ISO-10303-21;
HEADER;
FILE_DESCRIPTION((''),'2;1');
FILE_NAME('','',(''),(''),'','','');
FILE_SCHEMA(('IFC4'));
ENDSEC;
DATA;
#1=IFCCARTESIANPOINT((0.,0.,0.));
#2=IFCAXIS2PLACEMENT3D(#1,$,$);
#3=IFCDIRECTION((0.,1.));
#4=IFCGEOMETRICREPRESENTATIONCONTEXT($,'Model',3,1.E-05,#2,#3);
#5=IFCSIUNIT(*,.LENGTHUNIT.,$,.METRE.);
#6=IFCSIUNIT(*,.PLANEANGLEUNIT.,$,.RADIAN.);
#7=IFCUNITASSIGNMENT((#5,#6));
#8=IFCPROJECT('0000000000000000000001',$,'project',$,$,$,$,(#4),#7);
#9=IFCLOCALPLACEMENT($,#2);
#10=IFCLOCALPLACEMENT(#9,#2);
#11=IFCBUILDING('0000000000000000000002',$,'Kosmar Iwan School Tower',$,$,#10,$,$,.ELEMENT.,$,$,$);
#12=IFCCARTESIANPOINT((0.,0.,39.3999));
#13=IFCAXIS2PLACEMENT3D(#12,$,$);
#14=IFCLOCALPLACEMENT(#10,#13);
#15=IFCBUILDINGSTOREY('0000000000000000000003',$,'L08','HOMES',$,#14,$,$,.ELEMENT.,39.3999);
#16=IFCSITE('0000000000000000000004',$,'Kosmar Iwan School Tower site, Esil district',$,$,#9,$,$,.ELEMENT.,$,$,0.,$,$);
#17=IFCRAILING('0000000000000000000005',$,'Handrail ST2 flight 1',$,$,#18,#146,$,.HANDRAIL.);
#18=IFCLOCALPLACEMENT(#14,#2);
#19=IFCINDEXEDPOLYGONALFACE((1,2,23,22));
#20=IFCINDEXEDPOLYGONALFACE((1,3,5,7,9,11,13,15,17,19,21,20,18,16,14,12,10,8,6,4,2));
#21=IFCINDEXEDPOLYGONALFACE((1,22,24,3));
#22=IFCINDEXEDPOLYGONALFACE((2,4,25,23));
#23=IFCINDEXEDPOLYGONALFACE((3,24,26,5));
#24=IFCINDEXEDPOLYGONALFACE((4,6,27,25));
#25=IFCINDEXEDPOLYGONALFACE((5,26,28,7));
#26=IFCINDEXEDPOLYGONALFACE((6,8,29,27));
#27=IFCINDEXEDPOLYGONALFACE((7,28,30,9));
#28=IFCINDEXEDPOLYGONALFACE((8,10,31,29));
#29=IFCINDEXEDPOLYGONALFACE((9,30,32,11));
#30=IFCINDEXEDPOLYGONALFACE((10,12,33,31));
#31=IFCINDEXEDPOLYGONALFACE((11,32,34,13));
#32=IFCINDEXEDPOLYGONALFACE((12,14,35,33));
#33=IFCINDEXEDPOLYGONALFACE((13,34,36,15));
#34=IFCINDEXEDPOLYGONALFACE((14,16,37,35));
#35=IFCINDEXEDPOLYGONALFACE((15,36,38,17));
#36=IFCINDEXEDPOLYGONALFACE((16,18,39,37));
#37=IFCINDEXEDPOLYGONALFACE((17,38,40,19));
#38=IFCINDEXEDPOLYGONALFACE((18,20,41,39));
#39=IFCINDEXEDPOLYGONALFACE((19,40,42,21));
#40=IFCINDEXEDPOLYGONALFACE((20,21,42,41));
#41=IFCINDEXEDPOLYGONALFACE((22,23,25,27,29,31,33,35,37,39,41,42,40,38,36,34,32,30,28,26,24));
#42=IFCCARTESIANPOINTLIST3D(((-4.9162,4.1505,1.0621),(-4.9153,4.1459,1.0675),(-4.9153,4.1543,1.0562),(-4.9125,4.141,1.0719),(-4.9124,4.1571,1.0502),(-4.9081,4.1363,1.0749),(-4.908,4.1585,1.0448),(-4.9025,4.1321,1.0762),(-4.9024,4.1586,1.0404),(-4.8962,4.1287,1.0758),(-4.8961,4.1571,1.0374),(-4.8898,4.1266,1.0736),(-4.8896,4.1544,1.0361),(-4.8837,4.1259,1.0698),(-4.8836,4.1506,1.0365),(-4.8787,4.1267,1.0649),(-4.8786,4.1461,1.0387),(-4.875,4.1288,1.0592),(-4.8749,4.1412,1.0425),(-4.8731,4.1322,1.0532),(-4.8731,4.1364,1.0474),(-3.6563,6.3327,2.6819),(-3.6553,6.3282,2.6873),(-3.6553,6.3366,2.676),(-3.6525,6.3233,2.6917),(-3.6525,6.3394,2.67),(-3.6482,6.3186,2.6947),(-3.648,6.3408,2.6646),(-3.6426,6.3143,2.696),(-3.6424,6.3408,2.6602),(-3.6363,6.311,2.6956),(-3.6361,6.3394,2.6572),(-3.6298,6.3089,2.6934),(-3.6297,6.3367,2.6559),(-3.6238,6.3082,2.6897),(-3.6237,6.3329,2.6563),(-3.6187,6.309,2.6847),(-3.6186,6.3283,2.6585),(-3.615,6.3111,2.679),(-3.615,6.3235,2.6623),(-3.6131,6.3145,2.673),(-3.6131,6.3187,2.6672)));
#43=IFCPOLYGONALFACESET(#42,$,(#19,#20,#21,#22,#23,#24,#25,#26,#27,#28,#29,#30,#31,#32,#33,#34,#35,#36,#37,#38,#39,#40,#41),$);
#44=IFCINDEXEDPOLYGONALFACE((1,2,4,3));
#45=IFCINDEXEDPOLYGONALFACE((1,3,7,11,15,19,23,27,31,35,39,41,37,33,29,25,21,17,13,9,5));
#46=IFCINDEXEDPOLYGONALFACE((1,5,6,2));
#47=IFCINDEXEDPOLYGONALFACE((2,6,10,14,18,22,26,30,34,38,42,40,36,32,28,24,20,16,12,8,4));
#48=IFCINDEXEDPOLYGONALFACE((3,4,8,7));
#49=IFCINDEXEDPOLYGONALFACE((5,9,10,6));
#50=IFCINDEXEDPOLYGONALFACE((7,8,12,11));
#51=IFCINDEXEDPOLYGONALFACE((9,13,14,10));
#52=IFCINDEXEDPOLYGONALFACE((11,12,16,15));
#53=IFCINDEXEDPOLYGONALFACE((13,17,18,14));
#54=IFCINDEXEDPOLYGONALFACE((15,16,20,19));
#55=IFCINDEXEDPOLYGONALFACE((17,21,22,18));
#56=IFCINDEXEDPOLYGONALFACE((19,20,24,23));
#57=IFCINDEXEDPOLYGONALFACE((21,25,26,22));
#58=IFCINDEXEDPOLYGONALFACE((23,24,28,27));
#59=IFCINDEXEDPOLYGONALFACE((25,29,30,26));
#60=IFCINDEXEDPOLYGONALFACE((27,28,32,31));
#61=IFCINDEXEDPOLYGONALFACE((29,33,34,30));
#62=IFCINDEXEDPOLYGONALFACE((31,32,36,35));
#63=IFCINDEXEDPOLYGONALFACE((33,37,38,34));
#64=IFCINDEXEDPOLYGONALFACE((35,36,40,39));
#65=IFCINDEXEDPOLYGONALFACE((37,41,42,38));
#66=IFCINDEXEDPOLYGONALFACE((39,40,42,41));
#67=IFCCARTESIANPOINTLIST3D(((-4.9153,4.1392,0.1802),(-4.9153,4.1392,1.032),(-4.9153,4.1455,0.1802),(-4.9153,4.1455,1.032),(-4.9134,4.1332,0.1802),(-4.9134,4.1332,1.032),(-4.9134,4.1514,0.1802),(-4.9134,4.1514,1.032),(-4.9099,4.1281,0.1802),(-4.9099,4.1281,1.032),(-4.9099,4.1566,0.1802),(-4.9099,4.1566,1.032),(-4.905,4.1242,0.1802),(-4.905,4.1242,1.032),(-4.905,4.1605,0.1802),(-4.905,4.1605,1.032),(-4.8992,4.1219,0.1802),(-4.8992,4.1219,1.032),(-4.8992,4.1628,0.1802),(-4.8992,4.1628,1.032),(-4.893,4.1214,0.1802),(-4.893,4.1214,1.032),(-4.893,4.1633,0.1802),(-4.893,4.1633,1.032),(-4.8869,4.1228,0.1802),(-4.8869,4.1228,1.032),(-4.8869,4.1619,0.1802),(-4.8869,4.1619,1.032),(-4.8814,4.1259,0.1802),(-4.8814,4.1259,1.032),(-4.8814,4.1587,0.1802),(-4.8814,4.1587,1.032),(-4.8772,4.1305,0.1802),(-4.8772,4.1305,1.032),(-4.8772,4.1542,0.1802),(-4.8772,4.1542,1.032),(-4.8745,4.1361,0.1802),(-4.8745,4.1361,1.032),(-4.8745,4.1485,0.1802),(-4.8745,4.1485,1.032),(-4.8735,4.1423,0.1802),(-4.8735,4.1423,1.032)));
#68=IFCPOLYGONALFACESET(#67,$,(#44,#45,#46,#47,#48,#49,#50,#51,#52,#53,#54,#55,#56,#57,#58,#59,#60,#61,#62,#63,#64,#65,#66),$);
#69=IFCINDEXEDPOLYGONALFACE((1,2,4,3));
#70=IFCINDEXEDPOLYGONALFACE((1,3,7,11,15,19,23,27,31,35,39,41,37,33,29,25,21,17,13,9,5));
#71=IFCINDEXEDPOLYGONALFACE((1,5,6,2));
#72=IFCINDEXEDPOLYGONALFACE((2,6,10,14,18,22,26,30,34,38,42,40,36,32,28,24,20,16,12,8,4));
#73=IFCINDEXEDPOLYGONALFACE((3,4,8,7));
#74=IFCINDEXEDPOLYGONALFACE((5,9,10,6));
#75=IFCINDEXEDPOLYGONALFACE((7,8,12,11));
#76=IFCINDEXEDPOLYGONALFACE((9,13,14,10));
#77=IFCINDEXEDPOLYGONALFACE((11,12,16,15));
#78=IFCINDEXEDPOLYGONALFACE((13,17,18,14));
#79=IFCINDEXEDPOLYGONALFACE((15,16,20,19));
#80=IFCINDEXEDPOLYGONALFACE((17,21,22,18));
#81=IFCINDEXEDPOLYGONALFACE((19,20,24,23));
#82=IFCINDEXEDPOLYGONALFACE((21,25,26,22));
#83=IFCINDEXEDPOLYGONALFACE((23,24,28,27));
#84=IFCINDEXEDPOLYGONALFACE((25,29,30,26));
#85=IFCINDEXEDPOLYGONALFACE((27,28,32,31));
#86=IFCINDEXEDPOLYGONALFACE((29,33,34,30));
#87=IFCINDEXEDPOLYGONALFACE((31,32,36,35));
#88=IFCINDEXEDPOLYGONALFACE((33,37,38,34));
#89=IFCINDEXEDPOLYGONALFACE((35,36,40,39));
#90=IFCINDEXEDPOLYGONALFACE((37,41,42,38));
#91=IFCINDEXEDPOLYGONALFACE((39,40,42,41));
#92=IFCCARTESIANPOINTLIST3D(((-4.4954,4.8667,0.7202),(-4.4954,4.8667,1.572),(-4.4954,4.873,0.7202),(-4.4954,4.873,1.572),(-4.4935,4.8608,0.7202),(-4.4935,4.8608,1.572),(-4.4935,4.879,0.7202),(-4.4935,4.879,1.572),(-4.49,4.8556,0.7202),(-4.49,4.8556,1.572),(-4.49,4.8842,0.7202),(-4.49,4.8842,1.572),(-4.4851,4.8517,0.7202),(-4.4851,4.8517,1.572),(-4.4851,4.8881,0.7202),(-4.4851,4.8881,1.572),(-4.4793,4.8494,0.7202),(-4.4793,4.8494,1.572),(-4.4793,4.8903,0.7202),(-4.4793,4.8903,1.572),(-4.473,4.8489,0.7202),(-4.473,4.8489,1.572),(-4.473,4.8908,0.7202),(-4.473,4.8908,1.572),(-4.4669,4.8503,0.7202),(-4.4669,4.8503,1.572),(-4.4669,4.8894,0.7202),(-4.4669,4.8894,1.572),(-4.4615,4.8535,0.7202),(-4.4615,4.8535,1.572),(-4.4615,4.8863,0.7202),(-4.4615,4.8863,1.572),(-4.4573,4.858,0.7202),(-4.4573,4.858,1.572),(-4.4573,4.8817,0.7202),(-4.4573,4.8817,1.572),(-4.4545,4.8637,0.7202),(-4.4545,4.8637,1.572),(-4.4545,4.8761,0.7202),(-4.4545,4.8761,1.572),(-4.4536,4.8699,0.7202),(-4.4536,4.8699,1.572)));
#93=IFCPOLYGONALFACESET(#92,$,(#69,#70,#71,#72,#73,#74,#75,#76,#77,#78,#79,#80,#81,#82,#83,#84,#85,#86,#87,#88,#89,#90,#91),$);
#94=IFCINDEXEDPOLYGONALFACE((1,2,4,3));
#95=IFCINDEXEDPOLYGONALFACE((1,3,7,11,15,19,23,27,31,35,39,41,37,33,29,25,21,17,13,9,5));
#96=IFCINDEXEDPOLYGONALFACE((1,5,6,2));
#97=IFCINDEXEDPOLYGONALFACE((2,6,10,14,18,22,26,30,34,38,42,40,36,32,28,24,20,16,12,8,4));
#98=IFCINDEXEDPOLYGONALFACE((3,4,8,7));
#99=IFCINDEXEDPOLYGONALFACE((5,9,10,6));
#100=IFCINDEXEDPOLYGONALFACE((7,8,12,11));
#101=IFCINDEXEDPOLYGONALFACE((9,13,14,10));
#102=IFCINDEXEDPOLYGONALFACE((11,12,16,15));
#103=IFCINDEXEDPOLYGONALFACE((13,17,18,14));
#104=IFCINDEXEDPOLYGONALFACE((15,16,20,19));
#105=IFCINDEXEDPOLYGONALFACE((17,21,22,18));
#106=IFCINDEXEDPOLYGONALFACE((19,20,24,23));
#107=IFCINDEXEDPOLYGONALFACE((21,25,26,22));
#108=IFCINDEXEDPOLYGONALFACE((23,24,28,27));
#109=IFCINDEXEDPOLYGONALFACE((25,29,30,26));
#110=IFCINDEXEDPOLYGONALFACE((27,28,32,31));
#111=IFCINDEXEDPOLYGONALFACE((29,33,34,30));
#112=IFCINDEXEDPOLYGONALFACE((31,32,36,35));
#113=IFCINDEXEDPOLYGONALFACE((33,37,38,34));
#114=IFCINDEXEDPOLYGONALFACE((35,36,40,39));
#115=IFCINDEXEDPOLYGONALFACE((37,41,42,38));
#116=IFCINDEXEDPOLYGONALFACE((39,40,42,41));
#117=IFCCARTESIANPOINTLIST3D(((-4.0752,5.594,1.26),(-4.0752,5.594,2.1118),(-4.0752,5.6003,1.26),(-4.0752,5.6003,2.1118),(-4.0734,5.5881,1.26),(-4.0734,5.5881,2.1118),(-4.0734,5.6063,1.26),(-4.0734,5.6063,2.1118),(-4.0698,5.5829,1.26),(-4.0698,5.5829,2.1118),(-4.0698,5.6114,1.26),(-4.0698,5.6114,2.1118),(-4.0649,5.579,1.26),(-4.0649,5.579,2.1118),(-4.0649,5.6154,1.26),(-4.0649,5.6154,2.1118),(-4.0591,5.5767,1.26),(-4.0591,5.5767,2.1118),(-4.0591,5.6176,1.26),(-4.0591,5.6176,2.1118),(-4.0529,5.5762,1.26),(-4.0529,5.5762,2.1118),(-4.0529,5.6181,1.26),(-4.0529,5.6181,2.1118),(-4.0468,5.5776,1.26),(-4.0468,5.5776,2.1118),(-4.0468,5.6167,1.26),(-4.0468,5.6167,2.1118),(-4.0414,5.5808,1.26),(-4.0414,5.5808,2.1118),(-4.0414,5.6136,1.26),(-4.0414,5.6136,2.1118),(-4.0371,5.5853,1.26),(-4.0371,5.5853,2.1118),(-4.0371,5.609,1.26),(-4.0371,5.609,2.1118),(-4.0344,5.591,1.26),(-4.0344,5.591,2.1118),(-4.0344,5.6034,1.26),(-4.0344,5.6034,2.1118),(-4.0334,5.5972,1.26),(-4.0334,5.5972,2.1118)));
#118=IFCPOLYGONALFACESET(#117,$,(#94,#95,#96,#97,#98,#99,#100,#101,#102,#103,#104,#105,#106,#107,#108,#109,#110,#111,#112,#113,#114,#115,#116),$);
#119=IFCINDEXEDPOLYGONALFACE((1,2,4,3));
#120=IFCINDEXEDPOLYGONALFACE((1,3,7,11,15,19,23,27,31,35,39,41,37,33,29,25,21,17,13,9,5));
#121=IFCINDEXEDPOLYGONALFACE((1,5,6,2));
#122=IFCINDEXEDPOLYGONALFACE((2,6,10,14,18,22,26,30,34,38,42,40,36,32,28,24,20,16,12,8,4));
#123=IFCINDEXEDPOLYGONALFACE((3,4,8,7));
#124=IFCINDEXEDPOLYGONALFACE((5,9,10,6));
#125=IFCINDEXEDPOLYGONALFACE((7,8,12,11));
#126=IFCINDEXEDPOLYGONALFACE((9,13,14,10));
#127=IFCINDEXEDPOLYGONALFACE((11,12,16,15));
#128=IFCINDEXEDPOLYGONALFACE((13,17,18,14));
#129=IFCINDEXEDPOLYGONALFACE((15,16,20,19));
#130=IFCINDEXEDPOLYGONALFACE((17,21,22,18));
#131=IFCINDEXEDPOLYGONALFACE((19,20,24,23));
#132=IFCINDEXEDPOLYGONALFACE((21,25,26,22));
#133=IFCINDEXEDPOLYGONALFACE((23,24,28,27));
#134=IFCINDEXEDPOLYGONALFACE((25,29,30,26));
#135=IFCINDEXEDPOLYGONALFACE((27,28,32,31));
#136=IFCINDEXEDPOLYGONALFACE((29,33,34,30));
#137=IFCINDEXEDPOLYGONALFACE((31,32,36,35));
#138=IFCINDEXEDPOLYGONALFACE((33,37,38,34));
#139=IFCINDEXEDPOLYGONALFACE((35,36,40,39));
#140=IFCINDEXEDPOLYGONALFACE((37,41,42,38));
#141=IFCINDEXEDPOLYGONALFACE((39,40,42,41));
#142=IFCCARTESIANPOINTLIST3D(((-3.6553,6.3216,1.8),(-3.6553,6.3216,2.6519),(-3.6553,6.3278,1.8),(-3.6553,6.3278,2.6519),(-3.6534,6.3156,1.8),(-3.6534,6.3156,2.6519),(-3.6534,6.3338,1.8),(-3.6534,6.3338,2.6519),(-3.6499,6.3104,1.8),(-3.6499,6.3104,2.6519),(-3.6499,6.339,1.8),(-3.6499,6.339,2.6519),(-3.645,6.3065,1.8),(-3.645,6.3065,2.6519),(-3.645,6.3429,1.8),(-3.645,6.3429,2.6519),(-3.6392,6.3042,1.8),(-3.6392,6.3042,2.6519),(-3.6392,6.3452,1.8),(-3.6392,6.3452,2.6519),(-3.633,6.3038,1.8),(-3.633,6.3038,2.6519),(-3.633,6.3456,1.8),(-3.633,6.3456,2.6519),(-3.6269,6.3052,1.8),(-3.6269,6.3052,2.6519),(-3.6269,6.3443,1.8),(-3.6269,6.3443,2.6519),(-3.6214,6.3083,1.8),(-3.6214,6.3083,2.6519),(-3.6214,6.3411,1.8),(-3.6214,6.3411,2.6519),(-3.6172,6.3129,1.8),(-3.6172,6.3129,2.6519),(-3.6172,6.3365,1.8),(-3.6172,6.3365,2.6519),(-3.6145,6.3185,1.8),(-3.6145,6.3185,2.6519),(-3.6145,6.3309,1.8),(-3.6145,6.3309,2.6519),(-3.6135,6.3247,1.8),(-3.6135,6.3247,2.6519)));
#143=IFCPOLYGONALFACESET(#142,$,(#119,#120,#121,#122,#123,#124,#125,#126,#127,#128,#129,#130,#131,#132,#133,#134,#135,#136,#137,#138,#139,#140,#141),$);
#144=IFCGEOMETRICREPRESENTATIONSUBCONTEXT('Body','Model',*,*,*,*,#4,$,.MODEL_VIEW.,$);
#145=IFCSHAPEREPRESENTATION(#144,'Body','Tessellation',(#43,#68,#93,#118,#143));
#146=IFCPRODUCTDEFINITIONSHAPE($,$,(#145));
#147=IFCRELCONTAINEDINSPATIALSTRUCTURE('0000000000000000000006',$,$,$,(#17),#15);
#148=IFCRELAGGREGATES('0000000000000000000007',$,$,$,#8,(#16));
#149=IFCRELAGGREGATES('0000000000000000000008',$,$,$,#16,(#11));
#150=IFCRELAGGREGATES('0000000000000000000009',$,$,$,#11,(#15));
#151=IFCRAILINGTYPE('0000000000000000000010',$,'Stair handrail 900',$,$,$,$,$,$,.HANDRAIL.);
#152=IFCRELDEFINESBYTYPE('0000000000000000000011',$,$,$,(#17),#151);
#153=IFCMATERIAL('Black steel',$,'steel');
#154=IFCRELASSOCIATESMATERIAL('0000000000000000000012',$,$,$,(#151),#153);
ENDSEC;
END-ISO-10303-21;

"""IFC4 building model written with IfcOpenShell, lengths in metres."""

from ifc_helpers import new_model, si_unit, direction, frame, origin, origin_2d, place, context, subcontext, project, spatial, circle, extrude, material, type_object, element, save


model = new_model("IFC4")

# Units and contexts
model_context = context("Model", 3, precision=1e-05, world=origin(), true_north=direction((0.0, 1.0)))
body_context = subcontext(model_context, "Body", "Model", "MODEL_VIEW")
ifc_project = project(units=[si_unit("LENGTHUNIT", "METRE"), si_unit("PLANEANGLEUNIT", "RADIAN")], contexts=[model_context])

# Site, building, storey
site_placement = place(None, origin())
site = spatial("IfcSite", under=ifc_project, at=site_placement, Name="Kosmar Iwan School Tower site, Esil district", CompositionType="ELEMENT", RefElevation=0.0)
building_placement = place(site_placement, origin())
building = spatial("IfcBuilding", under=site, at=building_placement, Name="Kosmar Iwan School Tower", CompositionType="ELEMENT")
storey_placement = place(building_placement, frame((0.0, 0.0, 39.3999)))
storey = spatial("IfcBuildingStorey", under=building, at=storey_placement, Name="L08", Description="HOMES", CompositionType="ELEMENT", Elevation=39.3999)

# Railing
ifc_material_1 = material(Name="Black steel", Category="steel")
railing_type = type_object("IfcRailingType", Name="Stair handrail 900", PredefinedType="HANDRAIL", material=ifc_material_1)
railing_placement = place(storey_placement, frame((-4.8945, 4.1423, 0.1802)))
element("IfcRailing", 1, at=railing_placement, inside=storey, type_object=railing_type, Name="Handrail ST2 flight 1", PredefinedType="HANDRAIL", context=body_context, shape_type="SweptSolid", body=[
    extrude(circle(Radius=0.0239, at=origin_2d()), frame((0.0, 0.0, 0.876), z_axis=(0.420603, 0.728496, 0.540728), x_axis=(-0.866023, 0.500005, 0.0)), (0.0, 0.0, 1.0), 2.9956),
    extrude(circle(Radius=0.021, at=origin_2d()), origin(), (0.0, 0.0, 1.0), 0.8518),
    extrude(circle(Radius=0.021, at=origin_2d()), frame((0.4199, 0.7275, 0.54)), (0.0, 0.0, 1.0), 0.8518),
    extrude(circle(Radius=0.021, at=origin_2d()), frame((0.8401, 1.4548, 1.0798)), (0.0, 0.0, 1.0), 0.8518),
    extrude(circle(Radius=0.021, at=origin_2d()), frame((1.26, 2.1824, 1.6199)), (0.0, 0.0, 1.0), 0.8518),
])

save(model, "model.ifc")
